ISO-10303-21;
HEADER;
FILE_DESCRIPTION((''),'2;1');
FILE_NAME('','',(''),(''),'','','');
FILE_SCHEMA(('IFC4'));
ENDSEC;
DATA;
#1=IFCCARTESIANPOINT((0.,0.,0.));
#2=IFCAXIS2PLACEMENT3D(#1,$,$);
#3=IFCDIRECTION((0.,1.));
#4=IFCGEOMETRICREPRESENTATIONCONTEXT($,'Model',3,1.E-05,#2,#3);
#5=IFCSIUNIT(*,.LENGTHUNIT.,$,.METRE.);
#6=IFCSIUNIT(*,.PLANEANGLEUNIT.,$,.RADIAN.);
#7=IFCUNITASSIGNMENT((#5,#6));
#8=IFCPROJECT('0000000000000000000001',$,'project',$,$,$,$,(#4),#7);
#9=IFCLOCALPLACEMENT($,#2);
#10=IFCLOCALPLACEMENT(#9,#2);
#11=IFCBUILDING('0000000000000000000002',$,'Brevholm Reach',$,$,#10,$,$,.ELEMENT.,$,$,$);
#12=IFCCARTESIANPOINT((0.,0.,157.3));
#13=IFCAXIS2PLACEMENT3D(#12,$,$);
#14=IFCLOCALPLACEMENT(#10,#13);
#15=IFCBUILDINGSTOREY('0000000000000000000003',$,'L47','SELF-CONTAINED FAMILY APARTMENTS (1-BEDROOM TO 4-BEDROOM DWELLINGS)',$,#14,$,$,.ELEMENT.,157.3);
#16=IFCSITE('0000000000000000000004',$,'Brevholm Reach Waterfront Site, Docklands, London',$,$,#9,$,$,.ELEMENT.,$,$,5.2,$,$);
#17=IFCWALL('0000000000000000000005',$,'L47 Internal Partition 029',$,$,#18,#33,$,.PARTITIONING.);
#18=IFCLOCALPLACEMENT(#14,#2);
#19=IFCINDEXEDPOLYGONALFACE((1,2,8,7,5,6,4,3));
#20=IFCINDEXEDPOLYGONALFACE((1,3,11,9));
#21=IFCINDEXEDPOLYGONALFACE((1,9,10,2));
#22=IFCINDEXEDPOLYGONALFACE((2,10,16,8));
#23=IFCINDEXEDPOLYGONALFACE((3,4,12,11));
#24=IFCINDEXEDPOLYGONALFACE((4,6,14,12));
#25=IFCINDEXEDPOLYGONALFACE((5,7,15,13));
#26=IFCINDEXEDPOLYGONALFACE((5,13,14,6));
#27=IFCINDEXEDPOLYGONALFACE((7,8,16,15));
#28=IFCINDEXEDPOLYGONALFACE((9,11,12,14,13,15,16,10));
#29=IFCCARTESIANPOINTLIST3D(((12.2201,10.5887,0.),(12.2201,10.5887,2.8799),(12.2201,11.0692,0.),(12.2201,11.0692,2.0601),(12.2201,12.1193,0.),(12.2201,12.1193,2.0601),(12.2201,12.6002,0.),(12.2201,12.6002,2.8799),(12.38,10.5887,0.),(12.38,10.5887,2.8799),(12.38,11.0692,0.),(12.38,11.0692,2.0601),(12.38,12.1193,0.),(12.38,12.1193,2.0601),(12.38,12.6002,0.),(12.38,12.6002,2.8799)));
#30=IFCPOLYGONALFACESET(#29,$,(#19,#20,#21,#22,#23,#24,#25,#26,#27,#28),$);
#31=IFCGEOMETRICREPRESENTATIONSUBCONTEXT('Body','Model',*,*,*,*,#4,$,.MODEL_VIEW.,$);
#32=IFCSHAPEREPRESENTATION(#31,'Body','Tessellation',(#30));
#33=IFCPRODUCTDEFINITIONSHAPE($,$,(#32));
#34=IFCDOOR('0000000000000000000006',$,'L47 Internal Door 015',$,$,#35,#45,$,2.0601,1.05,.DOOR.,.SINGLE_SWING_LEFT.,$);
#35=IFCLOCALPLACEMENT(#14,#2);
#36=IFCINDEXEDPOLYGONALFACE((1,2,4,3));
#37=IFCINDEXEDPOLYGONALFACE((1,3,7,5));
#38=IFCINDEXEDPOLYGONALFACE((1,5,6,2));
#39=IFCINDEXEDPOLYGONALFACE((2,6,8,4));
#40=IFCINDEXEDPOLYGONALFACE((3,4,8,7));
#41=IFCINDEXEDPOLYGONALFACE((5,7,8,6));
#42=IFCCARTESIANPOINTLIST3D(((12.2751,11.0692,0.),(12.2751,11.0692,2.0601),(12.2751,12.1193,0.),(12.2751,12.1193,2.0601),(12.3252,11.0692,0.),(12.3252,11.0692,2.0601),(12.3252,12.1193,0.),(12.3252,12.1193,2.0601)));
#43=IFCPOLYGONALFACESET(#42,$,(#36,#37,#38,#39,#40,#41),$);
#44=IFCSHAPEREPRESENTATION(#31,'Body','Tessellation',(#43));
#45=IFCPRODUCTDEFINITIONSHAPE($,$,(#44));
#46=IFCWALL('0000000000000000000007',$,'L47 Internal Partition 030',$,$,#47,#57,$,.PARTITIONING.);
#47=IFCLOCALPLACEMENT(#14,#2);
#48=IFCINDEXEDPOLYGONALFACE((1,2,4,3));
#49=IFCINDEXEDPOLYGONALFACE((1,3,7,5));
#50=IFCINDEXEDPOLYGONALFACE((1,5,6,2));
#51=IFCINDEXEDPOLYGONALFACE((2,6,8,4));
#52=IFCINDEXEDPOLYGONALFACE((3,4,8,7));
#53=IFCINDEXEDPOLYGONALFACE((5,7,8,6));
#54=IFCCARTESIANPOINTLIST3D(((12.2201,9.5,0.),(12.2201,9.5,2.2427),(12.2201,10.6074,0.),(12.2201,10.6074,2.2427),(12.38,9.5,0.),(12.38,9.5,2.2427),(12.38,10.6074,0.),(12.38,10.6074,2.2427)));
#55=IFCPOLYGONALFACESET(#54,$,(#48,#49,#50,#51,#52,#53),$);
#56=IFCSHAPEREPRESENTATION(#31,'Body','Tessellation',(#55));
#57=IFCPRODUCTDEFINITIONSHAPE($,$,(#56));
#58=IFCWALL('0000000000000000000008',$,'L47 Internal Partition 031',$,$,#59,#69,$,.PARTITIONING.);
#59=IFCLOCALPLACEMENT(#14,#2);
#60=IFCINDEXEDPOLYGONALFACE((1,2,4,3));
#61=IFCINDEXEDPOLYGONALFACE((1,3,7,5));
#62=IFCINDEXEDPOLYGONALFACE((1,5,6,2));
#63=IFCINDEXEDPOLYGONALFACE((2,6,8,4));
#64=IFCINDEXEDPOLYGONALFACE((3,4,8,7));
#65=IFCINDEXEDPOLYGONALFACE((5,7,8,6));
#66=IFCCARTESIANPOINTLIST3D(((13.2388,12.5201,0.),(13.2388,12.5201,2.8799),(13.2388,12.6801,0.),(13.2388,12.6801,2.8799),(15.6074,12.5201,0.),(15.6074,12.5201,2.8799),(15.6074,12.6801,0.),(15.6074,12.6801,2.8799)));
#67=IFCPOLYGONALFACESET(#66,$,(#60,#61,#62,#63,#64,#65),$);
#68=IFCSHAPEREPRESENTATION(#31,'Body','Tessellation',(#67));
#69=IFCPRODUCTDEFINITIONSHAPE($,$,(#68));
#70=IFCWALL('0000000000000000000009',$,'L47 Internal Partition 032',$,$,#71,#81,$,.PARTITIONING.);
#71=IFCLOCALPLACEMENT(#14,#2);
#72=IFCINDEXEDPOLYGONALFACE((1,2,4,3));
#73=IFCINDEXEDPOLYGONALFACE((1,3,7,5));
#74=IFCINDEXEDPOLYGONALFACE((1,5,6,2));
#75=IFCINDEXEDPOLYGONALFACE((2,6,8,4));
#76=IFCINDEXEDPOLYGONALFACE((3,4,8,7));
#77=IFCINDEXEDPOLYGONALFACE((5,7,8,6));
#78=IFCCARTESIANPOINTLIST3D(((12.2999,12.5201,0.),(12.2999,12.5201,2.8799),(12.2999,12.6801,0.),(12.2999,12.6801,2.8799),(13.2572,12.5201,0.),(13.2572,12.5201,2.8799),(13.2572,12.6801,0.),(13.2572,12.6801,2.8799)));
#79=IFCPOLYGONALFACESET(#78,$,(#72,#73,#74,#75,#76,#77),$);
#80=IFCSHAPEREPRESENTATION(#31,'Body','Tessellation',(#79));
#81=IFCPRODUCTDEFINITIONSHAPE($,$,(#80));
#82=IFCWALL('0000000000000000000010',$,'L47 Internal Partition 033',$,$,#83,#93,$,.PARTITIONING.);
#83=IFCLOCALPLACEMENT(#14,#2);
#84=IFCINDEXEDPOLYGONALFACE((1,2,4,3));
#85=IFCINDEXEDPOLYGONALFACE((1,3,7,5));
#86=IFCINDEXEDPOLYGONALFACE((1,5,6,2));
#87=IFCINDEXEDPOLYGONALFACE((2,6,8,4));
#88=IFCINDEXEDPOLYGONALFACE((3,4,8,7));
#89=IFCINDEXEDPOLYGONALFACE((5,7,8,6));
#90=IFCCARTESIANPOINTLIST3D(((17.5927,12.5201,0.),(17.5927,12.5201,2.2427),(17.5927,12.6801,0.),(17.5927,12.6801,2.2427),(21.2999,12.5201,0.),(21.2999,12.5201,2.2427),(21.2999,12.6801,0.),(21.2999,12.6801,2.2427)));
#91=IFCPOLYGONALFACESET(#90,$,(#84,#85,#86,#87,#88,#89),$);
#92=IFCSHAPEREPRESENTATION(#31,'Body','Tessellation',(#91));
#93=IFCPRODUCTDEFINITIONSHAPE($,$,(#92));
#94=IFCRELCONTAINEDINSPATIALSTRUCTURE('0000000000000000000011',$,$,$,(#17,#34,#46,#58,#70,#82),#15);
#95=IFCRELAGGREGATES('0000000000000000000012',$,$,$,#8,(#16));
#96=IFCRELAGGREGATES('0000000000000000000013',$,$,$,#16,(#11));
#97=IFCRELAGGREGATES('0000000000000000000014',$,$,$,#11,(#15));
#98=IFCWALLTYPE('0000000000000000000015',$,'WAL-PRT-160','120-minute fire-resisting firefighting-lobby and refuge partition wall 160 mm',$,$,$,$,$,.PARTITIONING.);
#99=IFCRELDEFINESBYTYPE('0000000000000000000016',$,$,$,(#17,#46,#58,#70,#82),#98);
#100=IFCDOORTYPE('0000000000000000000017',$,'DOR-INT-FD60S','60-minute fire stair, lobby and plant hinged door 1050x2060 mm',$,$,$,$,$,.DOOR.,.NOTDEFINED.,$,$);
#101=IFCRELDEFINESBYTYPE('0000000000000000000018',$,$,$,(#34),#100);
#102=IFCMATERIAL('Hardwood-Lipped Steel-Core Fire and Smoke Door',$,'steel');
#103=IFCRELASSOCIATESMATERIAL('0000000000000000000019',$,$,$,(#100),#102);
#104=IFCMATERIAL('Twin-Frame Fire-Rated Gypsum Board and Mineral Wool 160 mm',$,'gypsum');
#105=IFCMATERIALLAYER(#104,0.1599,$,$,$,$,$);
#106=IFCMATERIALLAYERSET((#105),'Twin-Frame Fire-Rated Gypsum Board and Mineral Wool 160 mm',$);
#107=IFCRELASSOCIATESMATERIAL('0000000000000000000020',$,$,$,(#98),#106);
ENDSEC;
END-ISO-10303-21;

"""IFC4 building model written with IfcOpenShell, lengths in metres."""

from ifc_helpers import new_model, si_unit, direction, frame, frame_2d, origin, place, context, subcontext, project, spatial, rectangle, extrude, material, layer, layer_set, type_object, element, fill, save


model = new_model("IFC4")

# Units and contexts
model_context = context("Model", 3, precision=1e-05, world=origin(), true_north=direction((0.0, 1.0)))
body_context = subcontext(model_context, "Body", "Model", "MODEL_VIEW")
ifc_project = project(units=[si_unit("LENGTHUNIT", "METRE"), si_unit("PLANEANGLEUNIT", "RADIAN")], contexts=[model_context])

# Site, building, storey
site_placement = place(None, origin())
site = spatial("IfcSite", under=ifc_project, at=site_placement, Name="Brevholm Reach Waterfront Site, Docklands, London", CompositionType="ELEMENT", RefElevation=5.2)
building_placement = place(site_placement, origin())
building = spatial("IfcBuilding", under=site, at=building_placement, Name="Brevholm Reach", CompositionType="ELEMENT")
storey_placement = place(building_placement, frame((0.0, 0.0, 157.3)))
storey = spatial("IfcBuildingStorey", under=building, at=storey_placement, Name="L47", Description="SELF-CONTAINED FAMILY APARTMENTS (1-BEDROOM TO 4-BEDROOM DWELLINGS)", CompositionType="ELEMENT", Elevation=157.3)

# Shared definitions
ifc_material_1 = material(Name="Hardwood-Lipped Steel-Core Fire and Smoke Door", Category="steel")
door_type_1 = type_object("IfcDoorType", Name="DOR-INT-FD60S", Description="60-minute fire stair, lobby and plant hinged door 1050x2060 mm", OperationType="NOTDEFINED", PredefinedType="DOOR", material=ifc_material_1)

# Shared definitions
ifc_material_2 = material(Name="Twin-Frame Fire-Rated Gypsum Board and Mineral Wool 160 mm", Category="gypsum")
ifc_layer_1 = layer(ifc_material_2, 0.1599)
ifc_layer_set_1 = layer_set([ifc_layer_1], Name="Twin-Frame Fire-Rated Gypsum Board and Mineral Wool 160 mm")
wall_type_1 = type_object("IfcWallType", Name="WAL-PRT-160", Description="120-minute fire-resisting firefighting-lobby and refuge partition wall 160 mm", PredefinedType="PARTITIONING", material=ifc_layer_set_1)

# Wall, opening, door
wall_1_placement = place(storey_placement, frame((12.3, 10.5886, 0.0), z_axis=(0.0, 0.0, 1.0), x_axis=(0.0, 1.0, 0.0)))
wall_1 = element("IfcWall", 1, at=wall_1_placement, inside=storey, type_object=wall_type_1, Name="L47 Internal Partition 029", PredefinedType="PARTITIONING", context=body_context, shape_type="SweptSolid", body=[
    extrude(rectangle(XDim=2.0115, YDim=0.1599, at=frame_2d((1.0059, 0.0))), origin(), (0.0, 0.0, 1.0), 2.8799),
])
opening_1_placement = place(wall_1_placement, frame((0.4807, 0.0, 0.0)))
opening_1 = element("IfcOpeningElement", 2, at=opening_1_placement, cuts=wall_1, PredefinedType="OPENING", context=body_context, shape_type="SweptSolid", body=[
    extrude(rectangle(XDim=1.05, YDim=2.0601, at=frame_2d((0.5249, 1.03))), frame((0.0, 0.0898, 0.0), z_axis=(0.0, -1.0, 0.0), x_axis=(1.0, 0.0, 0.0)), (0.0, 0.0, 1.0), 0.1799),
])
door_1_placement = place(opening_1_placement, origin())
door_1 = element("IfcDoor", 3, at=door_1_placement, inside=storey, type_object=door_type_1, Name="L47 Internal Door 015", OperationType="SINGLE_SWING_LEFT", OverallHeight=2.0601, OverallWidth=1.05, PredefinedType="DOOR", context=body_context, shape_type="SweptSolid", body=[
    extrude(rectangle(XDim=1.05, YDim=2.0601, at=frame_2d((0.5249, 1.03))), frame((0.0, 0.0249, 0.0), z_axis=(0.0, -1.0, 0.0), x_axis=(1.0, 0.0, 0.0)), (0.0, 0.0, 1.0), 0.05),
])
fill(opening_1, door_1)

# Walls
wall_2_placement = place(storey_placement, frame((12.3, 9.5, 0.0), z_axis=(0.0, 0.0, 1.0), x_axis=(0.0, 1.0, 0.0)))
element("IfcWall", 4, at=wall_2_placement, inside=storey, type_object=wall_type_1, Name="L47 Internal Partition 030", PredefinedType="PARTITIONING", context=body_context, shape_type="SweptSolid", body=[
    extrude(rectangle(XDim=1.1074, YDim=0.1599, at=frame_2d((0.5537, 0.0))), origin(), (0.0, 0.0, 1.0), 2.2427),
])
wall_3_placement = place(storey_placement, frame((13.2388, 12.6001, 0.0), z_axis=(0.0, 0.0, 1.0), x_axis=(1.0, 0.0, 0.0)))
element("IfcWall", 5, at=wall_3_placement, inside=storey, type_object=wall_type_1, Name="L47 Internal Partition 031", PredefinedType="PARTITIONING", context=body_context, shape_type="SweptSolid", body=[
    extrude(rectangle(XDim=2.3687, YDim=0.1599, at=frame_2d((1.1843, 0.0))), origin(), (0.0, 0.0, 1.0), 2.8799),
])
wall_4_placement = place(storey_placement, frame((12.3, 12.6001, 0.0), z_axis=(0.0, 0.0, 1.0), x_axis=(1.0, 0.0, 0.0)))
element("IfcWall", 6, at=wall_4_placement, inside=storey, type_object=wall_type_1, Name="L47 Internal Partition 032", PredefinedType="PARTITIONING", context=body_context, shape_type="SweptSolid", body=[
    extrude(rectangle(XDim=0.9573, YDim=0.1599, at=frame_2d((0.4785, 0.0))), origin(), (0.0, 0.0, 1.0), 2.8799),
])
wall_5_placement = place(storey_placement, frame((17.5928, 12.6001, 0.0), z_axis=(0.0, 0.0, 1.0), x_axis=(1.0, 0.0, 0.0)))
element("IfcWall", 7, at=wall_5_placement, inside=storey, type_object=wall_type_1, Name="L47 Internal Partition 033", PredefinedType="PARTITIONING", context=body_context, shape_type="SweptSolid", body=[
    extrude(rectangle(XDim=3.7073, YDim=0.1599, at=frame_2d((1.8535, 0.0))), origin(), (0.0, 0.0, 1.0), 2.2427),
])

save(model, "model.ifc")
